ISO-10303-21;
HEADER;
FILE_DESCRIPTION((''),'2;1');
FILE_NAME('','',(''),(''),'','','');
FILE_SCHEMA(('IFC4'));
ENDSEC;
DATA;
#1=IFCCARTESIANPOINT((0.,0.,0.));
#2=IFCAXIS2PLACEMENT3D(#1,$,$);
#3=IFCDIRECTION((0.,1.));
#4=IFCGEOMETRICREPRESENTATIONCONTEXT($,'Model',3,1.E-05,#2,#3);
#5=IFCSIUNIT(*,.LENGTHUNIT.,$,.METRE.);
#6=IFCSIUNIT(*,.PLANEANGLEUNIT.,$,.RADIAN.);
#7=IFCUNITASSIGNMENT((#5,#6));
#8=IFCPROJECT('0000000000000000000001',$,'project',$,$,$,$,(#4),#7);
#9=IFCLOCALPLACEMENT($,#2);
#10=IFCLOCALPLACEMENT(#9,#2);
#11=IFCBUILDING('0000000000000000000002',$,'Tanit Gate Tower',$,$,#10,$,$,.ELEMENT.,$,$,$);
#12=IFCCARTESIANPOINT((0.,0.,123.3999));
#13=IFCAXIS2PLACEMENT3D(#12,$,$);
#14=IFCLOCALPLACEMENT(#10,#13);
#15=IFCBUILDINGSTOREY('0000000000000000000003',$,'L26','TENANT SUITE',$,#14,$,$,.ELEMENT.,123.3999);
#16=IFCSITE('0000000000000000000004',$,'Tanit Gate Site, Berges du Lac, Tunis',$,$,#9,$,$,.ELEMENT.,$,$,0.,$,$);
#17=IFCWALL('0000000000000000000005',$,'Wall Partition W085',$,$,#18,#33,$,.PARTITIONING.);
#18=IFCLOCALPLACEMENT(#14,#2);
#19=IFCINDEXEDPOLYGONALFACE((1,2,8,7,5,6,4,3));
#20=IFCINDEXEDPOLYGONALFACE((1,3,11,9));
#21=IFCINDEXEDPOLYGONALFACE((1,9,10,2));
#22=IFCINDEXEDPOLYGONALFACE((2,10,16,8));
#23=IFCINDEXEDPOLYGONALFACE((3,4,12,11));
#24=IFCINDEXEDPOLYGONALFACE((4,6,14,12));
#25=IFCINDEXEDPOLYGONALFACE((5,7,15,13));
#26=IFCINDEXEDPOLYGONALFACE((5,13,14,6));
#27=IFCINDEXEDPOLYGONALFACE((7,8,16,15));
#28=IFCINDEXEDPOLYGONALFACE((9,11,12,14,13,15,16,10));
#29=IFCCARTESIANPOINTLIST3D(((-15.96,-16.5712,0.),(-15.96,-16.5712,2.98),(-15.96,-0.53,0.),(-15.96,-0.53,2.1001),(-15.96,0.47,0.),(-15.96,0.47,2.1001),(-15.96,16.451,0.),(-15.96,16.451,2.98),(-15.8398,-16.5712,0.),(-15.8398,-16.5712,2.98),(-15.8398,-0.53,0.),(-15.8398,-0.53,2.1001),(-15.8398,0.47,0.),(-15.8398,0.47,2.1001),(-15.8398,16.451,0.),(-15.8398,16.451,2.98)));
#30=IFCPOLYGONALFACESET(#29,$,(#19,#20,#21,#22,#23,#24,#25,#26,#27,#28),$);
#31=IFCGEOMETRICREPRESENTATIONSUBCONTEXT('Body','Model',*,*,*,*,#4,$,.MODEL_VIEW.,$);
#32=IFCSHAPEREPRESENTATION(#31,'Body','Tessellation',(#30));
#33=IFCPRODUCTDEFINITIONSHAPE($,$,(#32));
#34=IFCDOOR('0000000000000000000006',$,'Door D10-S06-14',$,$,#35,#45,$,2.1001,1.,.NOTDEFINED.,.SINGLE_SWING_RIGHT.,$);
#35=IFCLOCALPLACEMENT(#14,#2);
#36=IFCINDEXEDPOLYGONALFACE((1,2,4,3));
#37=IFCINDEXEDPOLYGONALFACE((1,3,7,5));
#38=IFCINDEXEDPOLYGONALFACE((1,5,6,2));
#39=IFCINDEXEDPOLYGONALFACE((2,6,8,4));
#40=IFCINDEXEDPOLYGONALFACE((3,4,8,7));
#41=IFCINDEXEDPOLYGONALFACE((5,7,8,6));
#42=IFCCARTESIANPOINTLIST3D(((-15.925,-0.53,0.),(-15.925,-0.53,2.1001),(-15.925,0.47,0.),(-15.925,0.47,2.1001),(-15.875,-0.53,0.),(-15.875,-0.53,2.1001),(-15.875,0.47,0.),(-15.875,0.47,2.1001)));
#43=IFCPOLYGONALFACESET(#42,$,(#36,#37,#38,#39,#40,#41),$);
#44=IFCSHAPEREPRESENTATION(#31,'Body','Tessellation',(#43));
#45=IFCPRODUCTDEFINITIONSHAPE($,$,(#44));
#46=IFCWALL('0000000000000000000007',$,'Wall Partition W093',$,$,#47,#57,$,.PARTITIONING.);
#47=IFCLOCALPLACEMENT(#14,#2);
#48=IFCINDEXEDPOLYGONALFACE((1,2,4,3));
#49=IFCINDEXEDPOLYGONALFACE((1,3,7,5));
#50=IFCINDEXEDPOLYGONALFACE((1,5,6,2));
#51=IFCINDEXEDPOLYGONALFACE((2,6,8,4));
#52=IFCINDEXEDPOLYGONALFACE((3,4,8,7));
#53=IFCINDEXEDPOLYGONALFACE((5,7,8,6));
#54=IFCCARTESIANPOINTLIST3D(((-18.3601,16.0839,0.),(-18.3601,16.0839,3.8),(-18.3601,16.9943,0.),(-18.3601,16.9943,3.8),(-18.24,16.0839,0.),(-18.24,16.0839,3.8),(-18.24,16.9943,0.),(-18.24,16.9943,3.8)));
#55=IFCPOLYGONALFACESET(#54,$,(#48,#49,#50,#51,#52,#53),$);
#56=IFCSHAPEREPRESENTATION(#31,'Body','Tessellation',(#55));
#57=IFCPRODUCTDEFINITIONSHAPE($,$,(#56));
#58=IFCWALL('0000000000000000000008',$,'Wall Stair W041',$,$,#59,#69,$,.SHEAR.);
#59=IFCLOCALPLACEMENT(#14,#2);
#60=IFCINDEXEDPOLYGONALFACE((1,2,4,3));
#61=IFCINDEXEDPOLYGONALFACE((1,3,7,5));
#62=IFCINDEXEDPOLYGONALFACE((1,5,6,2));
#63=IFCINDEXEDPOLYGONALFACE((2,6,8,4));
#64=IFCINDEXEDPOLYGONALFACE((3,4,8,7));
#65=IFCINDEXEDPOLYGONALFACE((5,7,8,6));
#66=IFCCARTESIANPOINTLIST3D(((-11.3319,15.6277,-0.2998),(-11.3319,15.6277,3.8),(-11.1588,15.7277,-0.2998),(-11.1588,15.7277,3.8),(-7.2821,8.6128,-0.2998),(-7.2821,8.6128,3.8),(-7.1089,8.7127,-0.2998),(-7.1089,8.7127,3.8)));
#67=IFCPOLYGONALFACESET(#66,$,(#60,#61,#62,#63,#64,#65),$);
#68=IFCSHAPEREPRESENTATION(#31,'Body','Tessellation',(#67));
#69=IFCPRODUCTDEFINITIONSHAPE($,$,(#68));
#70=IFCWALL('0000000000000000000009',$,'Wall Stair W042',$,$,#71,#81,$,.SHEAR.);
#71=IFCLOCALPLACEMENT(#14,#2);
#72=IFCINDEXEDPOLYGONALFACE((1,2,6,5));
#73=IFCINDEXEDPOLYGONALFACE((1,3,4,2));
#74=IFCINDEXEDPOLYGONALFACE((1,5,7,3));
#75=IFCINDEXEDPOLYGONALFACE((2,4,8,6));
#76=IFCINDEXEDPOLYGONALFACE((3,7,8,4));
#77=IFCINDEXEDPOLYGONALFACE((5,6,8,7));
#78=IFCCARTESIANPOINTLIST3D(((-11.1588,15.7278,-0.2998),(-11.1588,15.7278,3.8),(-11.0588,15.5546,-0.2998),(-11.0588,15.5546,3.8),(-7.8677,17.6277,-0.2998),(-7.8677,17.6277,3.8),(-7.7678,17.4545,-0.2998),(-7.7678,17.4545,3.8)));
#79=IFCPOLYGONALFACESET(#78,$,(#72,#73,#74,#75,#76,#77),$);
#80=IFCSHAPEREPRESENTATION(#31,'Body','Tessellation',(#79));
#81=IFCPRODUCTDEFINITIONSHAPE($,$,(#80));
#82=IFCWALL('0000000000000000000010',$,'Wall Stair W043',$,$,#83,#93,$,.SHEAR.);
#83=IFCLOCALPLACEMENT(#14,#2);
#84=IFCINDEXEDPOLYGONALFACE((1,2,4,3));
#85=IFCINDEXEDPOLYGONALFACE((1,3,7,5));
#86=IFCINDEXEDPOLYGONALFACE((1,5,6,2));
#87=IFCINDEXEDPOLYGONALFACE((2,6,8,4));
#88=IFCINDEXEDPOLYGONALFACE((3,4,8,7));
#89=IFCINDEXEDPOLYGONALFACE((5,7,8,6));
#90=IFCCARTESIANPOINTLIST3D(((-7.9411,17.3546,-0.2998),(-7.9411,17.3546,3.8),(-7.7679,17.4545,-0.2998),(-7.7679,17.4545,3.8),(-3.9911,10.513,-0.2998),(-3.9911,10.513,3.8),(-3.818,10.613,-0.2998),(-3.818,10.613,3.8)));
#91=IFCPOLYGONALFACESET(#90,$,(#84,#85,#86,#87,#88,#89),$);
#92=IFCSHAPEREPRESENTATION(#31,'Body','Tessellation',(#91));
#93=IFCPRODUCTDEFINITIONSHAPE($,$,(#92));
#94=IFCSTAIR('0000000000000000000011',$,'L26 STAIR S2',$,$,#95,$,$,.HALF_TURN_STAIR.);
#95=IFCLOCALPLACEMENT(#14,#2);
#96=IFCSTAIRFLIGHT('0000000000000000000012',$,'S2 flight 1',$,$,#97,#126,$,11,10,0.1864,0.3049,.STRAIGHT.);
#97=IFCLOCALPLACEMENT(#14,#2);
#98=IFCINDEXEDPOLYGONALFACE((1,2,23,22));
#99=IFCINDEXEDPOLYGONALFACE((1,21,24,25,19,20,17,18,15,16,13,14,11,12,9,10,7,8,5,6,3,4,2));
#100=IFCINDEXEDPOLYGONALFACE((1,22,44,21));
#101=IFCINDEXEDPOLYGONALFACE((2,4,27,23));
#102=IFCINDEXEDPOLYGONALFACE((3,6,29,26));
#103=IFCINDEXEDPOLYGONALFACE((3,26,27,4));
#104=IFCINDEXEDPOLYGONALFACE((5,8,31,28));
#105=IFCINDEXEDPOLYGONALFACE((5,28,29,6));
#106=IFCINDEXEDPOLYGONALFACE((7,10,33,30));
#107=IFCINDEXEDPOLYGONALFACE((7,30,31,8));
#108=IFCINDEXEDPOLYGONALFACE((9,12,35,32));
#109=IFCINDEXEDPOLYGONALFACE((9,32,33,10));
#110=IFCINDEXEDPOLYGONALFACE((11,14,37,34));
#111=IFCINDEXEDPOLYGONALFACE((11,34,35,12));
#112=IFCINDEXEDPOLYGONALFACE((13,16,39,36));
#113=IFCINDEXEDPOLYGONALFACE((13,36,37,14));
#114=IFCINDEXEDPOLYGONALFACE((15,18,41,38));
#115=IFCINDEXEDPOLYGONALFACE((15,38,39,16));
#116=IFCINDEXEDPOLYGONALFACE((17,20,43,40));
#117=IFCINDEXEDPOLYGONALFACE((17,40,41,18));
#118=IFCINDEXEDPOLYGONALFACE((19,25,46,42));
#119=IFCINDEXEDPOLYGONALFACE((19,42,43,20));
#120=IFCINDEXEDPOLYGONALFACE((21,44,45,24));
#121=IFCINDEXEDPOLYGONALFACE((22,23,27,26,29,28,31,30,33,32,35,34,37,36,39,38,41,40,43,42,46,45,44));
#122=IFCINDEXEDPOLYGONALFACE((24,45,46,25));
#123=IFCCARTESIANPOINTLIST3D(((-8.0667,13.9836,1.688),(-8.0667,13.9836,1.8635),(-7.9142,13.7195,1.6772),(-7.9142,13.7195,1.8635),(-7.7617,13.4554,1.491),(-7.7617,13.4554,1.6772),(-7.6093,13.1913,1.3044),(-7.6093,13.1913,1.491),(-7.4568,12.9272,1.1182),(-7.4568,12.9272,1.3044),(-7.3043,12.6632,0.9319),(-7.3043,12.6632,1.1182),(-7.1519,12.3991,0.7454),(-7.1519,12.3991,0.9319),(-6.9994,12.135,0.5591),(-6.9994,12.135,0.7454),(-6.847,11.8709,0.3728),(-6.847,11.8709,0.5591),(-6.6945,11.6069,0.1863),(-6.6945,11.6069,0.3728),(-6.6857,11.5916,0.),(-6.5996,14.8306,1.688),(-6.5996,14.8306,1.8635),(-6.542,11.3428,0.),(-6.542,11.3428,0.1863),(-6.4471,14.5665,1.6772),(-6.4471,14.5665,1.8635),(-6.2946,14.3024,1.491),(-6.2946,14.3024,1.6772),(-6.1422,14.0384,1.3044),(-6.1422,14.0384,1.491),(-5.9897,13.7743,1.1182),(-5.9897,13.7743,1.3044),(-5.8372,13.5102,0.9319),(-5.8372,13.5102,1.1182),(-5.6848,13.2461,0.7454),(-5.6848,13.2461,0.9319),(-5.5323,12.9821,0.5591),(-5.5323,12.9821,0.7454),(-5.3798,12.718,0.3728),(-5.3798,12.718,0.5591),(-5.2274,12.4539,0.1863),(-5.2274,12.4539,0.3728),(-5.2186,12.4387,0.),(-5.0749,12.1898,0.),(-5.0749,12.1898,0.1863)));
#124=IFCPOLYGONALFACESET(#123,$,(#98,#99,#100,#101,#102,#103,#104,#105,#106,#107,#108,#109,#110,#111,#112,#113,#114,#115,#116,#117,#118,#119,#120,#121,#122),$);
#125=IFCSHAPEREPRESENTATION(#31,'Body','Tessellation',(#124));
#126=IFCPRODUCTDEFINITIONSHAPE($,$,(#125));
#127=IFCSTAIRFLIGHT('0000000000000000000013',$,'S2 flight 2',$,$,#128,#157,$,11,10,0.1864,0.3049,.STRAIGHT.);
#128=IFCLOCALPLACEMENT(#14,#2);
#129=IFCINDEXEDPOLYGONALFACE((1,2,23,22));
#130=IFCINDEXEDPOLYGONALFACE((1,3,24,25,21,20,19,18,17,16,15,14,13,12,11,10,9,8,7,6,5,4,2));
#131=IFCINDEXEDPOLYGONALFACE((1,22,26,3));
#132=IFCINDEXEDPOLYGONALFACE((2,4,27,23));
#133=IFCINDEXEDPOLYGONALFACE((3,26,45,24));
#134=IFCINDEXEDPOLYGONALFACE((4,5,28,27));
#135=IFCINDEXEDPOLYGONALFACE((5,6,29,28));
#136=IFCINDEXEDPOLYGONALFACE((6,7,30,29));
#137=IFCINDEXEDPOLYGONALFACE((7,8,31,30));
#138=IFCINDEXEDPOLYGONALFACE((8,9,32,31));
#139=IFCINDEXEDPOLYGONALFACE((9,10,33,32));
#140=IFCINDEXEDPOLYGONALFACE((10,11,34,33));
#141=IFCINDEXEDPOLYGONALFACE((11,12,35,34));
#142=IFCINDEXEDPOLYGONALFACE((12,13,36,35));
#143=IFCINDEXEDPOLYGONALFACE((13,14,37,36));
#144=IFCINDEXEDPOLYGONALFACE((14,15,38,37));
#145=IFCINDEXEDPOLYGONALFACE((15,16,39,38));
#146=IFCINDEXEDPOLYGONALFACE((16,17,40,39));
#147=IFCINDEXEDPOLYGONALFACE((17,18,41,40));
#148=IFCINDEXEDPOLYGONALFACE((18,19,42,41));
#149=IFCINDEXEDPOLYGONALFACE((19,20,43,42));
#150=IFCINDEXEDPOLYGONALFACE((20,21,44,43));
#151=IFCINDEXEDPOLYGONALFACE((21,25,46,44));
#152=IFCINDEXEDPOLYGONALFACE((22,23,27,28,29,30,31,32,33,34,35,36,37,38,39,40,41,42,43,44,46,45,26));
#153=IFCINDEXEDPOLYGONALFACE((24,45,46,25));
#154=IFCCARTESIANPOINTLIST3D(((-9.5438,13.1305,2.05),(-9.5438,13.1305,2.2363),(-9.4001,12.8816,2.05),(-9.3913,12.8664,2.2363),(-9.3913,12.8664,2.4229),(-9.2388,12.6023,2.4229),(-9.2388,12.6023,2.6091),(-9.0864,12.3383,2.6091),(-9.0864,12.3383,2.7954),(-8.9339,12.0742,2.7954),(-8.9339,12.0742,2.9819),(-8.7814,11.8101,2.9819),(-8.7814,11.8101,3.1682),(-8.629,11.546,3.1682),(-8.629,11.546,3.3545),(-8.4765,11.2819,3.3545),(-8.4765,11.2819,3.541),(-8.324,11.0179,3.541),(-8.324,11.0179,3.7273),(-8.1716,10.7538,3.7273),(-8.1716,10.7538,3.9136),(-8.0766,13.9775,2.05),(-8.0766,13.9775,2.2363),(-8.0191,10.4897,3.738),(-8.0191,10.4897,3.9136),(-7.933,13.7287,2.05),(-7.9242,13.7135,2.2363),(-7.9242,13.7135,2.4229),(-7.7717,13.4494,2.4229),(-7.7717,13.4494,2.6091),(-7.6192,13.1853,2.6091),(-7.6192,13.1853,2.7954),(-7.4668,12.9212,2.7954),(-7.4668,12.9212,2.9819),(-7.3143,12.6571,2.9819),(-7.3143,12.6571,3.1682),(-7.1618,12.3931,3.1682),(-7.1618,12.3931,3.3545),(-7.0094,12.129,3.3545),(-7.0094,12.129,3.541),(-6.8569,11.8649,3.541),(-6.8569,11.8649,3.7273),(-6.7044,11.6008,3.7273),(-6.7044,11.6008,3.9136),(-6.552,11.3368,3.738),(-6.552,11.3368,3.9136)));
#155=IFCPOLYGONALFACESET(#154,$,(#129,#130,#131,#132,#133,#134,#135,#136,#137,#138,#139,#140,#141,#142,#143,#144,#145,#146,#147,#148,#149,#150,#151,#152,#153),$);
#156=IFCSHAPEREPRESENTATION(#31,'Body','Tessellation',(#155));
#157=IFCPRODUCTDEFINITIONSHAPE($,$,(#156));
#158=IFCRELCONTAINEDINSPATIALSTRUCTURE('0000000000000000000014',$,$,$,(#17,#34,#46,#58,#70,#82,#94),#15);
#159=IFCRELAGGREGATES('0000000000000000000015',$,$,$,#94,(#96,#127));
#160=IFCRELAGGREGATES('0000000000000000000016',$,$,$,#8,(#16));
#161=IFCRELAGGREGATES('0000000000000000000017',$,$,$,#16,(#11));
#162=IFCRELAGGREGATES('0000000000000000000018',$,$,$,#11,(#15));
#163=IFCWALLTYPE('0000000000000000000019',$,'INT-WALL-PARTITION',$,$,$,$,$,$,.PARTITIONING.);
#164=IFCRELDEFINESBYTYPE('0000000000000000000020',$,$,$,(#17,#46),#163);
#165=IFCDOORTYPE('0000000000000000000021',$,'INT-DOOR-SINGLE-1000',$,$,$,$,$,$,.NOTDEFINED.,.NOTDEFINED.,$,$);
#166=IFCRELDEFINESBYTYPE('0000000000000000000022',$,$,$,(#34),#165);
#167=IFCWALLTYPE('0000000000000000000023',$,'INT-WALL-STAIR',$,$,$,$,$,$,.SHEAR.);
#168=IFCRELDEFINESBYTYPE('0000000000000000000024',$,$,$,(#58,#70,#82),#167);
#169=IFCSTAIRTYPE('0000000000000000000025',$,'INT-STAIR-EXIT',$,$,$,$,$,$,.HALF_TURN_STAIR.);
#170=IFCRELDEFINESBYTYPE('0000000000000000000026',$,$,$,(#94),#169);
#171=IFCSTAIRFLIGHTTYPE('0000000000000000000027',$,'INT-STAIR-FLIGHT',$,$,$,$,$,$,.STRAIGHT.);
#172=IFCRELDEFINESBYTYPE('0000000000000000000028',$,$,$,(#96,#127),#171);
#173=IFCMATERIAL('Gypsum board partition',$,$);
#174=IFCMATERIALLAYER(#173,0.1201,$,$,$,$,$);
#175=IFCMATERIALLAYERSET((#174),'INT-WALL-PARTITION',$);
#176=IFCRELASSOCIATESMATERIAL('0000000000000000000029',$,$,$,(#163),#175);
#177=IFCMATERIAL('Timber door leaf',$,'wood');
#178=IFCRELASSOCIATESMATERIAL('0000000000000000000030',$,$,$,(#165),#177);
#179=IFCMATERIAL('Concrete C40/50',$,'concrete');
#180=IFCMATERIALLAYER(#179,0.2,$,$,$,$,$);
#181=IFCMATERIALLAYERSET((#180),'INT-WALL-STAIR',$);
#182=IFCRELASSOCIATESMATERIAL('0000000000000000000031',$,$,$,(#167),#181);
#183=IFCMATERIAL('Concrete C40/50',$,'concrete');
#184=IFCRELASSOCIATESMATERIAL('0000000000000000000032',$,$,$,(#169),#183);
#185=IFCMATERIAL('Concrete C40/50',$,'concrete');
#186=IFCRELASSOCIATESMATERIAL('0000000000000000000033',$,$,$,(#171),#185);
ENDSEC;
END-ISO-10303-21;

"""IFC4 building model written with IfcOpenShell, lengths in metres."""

from ifc_helpers import new_model, si_unit, direction, frame, frame_2d, origin, place, context, subcontext, project, spatial, polyline, rectangle, outline, extrude, material, layer, layer_set, type_object, element, fill, aggregate, save


model = new_model("IFC4")

# Units and contexts
model_context = context("Model", 3, precision=1e-05, world=origin(), true_north=direction((0.0, 1.0)))
body_context = subcontext(model_context, "Body", "Model", "MODEL_VIEW")
ifc_project = project(units=[si_unit("LENGTHUNIT", "METRE"), si_unit("PLANEANGLEUNIT", "RADIAN")], contexts=[model_context])

# Site, building, storey
site_placement = place(None, origin())
site = spatial("IfcSite", under=ifc_project, at=site_placement, Name="Tanit Gate Site, Berges du Lac, Tunis", CompositionType="ELEMENT", RefElevation=0.0)
building_placement = place(site_placement, origin())
building = spatial("IfcBuilding", under=site, at=building_placement, Name="Tanit Gate Tower", CompositionType="ELEMENT")
storey_placement = place(building_placement, frame((0.0, 0.0, 123.3999)))
storey = spatial("IfcBuildingStorey", under=building, at=storey_placement, Name="L26", Description="TENANT SUITE", CompositionType="ELEMENT", Elevation=123.3999)

# Wall, opening, door
ifc_material_1 = material(Name="Gypsum board partition")
ifc_layer_1 = layer(ifc_material_1, 0.1201)
ifc_layer_set_1 = layer_set([ifc_layer_1], Name="INT-WALL-PARTITION")
wall_type_1 = type_object("IfcWallType", Name="INT-WALL-PARTITION", PredefinedType="PARTITIONING", material=ifc_layer_set_1)
wall_1_placement = place(storey_placement, frame((-15.8999, 16.4512, 0.0), z_axis=(0.0, 0.0, 1.0), x_axis=(0.0, -1.0, 0.0)))
wall_1 = element("IfcWall", 1, at=wall_1_placement, inside=storey, type_object=wall_type_1, Name="Wall Partition W085", PredefinedType="PARTITIONING", context=body_context, shape_type="SweptSolid", body=[
    extrude(rectangle(XDim=33.0222, YDim=0.1201, at=frame_2d((16.5112, 0.0))), origin(), (0.0, 0.0, 1.0), 2.98),
])
opening_1_placement = place(wall_1_placement, frame((15.9812, 0.0, 0.0)))
opening_1 = element("IfcOpeningElement", 2, at=opening_1_placement, cuts=wall_1, PredefinedType="OPENING", context=body_context, shape_type="SweptSolid", body=[
    extrude(rectangle(XDim=1.0, YDim=2.1001, at=frame_2d((0.5, 1.05))), frame((0.0, 0.0701, 0.0), z_axis=(0.0, -1.0, 0.0), x_axis=(1.0, 0.0, 0.0)), (0.0, 0.0, 1.0), 0.1401),
])
ifc_material_2 = material(Name="Timber door leaf", Category="wood")
door_type_1 = type_object("IfcDoorType", Name="INT-DOOR-SINGLE-1000", OperationType="NOTDEFINED", PredefinedType="NOTDEFINED", material=ifc_material_2)
door_1_placement = place(opening_1_placement, origin())
door_1 = element("IfcDoor", 3, at=door_1_placement, inside=storey, type_object=door_type_1, Name="Door D10-S06-14", OperationType="SINGLE_SWING_RIGHT", OverallHeight=2.1001, OverallWidth=1.0, PredefinedType="NOTDEFINED", context=body_context, shape_type="SweptSolid", body=[
    extrude(rectangle(XDim=1.0, YDim=2.1001, at=frame_2d((0.5, 1.05))), frame((0.0, 0.0249, 0.0), z_axis=(0.0, -1.0, 0.0), x_axis=(1.0, 0.0, 0.0)), (0.0, 0.0, 1.0), 0.05),
])
fill(opening_1, door_1)

# Walls
wall_2_placement = place(storey_placement, frame((-18.3, 16.9941, 0.0), z_axis=(0.0, 0.0, 1.0), x_axis=(0.0, -1.0, 0.0)))
element("IfcWall", 4, at=wall_2_placement, inside=storey, type_object=wall_type_1, Name="Wall Partition W093", PredefinedType="PARTITIONING", context=body_context, shape_type="SweptSolid", body=[
    extrude(rectangle(XDim=0.9104, YDim=0.1201, at=frame_2d((0.4551, 0.0))), origin(), (0.0, 0.0, 1.0), 3.8),
])
ifc_material_3 = material(Name="Concrete C40/50", Category="concrete")
ifc_layer_2 = layer(ifc_material_3, 0.2)
ifc_layer_set_2 = layer_set([ifc_layer_2], Name="INT-WALL-STAIR")
wall_type_2 = type_object("IfcWallType", Name="INT-WALL-STAIR", PredefinedType="SHEAR", material=ifc_layer_set_2)
wall_3_placement = place(storey_placement, frame((-11.2454, 15.6777, -0.2998), z_axis=(0.0, 0.0, 1.0), x_axis=(0.499977, -0.866039, 0.0)))
element("IfcWall", 5, at=wall_3_placement, inside=storey, type_object=wall_type_2, Name="Wall Stair W041", PredefinedType="SHEAR", context=body_context, shape_type="SweptSolid", body=[
    extrude(rectangle(XDim=8.1001, YDim=0.2, at=frame_2d((4.05, 0.0))), origin(), (0.0, 0.0, 1.0), 4.0999),
])
wall_4_placement = place(storey_placement, frame((-7.8179, 17.541, -0.2998), z_axis=(0.0, 0.0, 1.0), x_axis=(-0.866044, -0.499967, 0.0)))
element("IfcWall", 6, at=wall_4_placement, inside=storey, type_object=wall_type_2, Name="Wall Stair W042", PredefinedType="SHEAR", context=body_context, shape_type="SweptSolid", body=[
    extrude(rectangle(XDim=3.8, YDim=0.2, at=frame_2d((1.8999, 0.0))), origin(), (0.0, 0.0, 1.0), 4.0999),
])
wall_5_placement = place(storey_placement, frame((-7.8545, 17.4045, -0.2998), z_axis=(0.0, 0.0, 1.0), x_axis=(0.499998, -0.866027, 0.0)))
element("IfcWall", 7, at=wall_5_placement, inside=storey, type_object=wall_type_2, Name="Wall Stair W043", PredefinedType="SHEAR", context=body_context, shape_type="SweptSolid", body=[
    extrude(rectangle(XDim=7.8999, YDim=0.2, at=frame_2d((3.95, 0.0))), origin(), (0.0, 0.0, 1.0), 4.0999),
])

# Stair, stair flights
ifc_material_4 = material(Name="Concrete C40/50", Category="concrete")
stair_type = type_object("IfcStairType", Name="INT-STAIR-EXIT", PredefinedType="HALF_TURN_STAIR", material=ifc_material_4)
stair_placement = place(storey_placement, origin())
stair = element("IfcStair", 8, at=stair_placement, inside=storey, type_object=stair_type, Name="L26 STAIR S2", PredefinedType="HALF_TURN_STAIR")
ifc_material_5 = material(Name="Concrete C40/50", Category="concrete")
stair_flight_type = type_object("IfcStairFlightType", Name="INT-STAIR-FLIGHT", PredefinedType="STRAIGHT", material=ifc_material_5)
stair_flight_1_placement = place(storey_placement, frame((-5.8083, 11.7664, 0.0), z_axis=(0.0, 0.0, 1.0), x_axis=(-0.5, 0.866025, 0.0)))
stair_flight_1 = element("IfcStairFlight", 9, at=stair_flight_1_placement, type_object=stair_flight_type, Name="S2 flight 1", NumberOfRisers=11, NumberOfTreads=10, PredefinedType="STRAIGHT", RiserHeight=0.1864, TreadLength=0.3049, context=body_context, shape_type="SweptSolid", body=[
    extrude(outline(polyline([(0.0, 0.0), (0.0, 0.1863), (0.3049, 0.1863), (0.3049, 0.3728), (0.6099, 0.3728), (0.6099, 0.5591), (0.9148, 0.5591), (0.9148, 0.7454), (1.2197, 0.7454), (1.2197, 0.9319), (1.5247, 0.9319), (1.5247, 1.1182), (1.8296, 1.1182), (1.8296, 1.3044), (2.1345, 1.3044), (2.1345, 1.491), (2.4395, 1.491), (2.4395, 1.6772), (2.7444, 1.6772), (2.7444, 1.8635), (3.0493, 1.8635), (3.0493, 2.05), (3.0493, 1.688), (0.2874, 0.0), (0.0, 0.0)])), frame((0.0, 0.8472, 0.0), z_axis=(0.0, -1.0, 0.0), x_axis=(1.0, 0.0, 0.0)), (0.0, 0.0, 1.0), 1.6941),
])
stair_flight_2_placement = place(storey_placement, frame((-8.8103, 13.554, 2.05), z_axis=(0.0, 0.0, 1.0), x_axis=(0.5, -0.866025, 0.0)))
stair_flight_2 = element("IfcStairFlight", 10, at=stair_flight_2_placement, type_object=stair_flight_type, Name="S2 flight 2", NumberOfRisers=11, NumberOfTreads=10, PredefinedType="STRAIGHT", RiserHeight=0.1864, TreadLength=0.3049, context=body_context, shape_type="SweptSolid", body=[
    extrude(outline(polyline([(0.0, 0.0), (0.0, 0.1863), (0.3049, 0.1863), (0.3049, 0.3728), (0.6099, 0.3728), (0.6099, 0.5591), (0.9148, 0.5591), (0.9148, 0.7454), (1.2197, 0.7454), (1.2197, 0.9319), (1.5247, 0.9319), (1.5247, 1.1182), (1.8296, 1.1182), (1.8296, 1.3044), (2.1345, 1.3044), (2.1345, 1.491), (2.4395, 1.491), (2.4395, 1.6772), (2.7444, 1.6772), (2.7444, 1.8635), (3.0493, 1.8635), (3.0493, 2.05), (3.0493, 1.688), (0.2874, 0.0), (0.0, 0.0)])), frame((0.0, 0.8472, 0.0), z_axis=(0.0, -1.0, 0.0), x_axis=(1.0, 0.0, 0.0)), (0.0, 0.0, 1.0), 1.6941),
])
aggregate(stair, [stair_flight_1, stair_flight_2])

save(model, "model.ifc")
